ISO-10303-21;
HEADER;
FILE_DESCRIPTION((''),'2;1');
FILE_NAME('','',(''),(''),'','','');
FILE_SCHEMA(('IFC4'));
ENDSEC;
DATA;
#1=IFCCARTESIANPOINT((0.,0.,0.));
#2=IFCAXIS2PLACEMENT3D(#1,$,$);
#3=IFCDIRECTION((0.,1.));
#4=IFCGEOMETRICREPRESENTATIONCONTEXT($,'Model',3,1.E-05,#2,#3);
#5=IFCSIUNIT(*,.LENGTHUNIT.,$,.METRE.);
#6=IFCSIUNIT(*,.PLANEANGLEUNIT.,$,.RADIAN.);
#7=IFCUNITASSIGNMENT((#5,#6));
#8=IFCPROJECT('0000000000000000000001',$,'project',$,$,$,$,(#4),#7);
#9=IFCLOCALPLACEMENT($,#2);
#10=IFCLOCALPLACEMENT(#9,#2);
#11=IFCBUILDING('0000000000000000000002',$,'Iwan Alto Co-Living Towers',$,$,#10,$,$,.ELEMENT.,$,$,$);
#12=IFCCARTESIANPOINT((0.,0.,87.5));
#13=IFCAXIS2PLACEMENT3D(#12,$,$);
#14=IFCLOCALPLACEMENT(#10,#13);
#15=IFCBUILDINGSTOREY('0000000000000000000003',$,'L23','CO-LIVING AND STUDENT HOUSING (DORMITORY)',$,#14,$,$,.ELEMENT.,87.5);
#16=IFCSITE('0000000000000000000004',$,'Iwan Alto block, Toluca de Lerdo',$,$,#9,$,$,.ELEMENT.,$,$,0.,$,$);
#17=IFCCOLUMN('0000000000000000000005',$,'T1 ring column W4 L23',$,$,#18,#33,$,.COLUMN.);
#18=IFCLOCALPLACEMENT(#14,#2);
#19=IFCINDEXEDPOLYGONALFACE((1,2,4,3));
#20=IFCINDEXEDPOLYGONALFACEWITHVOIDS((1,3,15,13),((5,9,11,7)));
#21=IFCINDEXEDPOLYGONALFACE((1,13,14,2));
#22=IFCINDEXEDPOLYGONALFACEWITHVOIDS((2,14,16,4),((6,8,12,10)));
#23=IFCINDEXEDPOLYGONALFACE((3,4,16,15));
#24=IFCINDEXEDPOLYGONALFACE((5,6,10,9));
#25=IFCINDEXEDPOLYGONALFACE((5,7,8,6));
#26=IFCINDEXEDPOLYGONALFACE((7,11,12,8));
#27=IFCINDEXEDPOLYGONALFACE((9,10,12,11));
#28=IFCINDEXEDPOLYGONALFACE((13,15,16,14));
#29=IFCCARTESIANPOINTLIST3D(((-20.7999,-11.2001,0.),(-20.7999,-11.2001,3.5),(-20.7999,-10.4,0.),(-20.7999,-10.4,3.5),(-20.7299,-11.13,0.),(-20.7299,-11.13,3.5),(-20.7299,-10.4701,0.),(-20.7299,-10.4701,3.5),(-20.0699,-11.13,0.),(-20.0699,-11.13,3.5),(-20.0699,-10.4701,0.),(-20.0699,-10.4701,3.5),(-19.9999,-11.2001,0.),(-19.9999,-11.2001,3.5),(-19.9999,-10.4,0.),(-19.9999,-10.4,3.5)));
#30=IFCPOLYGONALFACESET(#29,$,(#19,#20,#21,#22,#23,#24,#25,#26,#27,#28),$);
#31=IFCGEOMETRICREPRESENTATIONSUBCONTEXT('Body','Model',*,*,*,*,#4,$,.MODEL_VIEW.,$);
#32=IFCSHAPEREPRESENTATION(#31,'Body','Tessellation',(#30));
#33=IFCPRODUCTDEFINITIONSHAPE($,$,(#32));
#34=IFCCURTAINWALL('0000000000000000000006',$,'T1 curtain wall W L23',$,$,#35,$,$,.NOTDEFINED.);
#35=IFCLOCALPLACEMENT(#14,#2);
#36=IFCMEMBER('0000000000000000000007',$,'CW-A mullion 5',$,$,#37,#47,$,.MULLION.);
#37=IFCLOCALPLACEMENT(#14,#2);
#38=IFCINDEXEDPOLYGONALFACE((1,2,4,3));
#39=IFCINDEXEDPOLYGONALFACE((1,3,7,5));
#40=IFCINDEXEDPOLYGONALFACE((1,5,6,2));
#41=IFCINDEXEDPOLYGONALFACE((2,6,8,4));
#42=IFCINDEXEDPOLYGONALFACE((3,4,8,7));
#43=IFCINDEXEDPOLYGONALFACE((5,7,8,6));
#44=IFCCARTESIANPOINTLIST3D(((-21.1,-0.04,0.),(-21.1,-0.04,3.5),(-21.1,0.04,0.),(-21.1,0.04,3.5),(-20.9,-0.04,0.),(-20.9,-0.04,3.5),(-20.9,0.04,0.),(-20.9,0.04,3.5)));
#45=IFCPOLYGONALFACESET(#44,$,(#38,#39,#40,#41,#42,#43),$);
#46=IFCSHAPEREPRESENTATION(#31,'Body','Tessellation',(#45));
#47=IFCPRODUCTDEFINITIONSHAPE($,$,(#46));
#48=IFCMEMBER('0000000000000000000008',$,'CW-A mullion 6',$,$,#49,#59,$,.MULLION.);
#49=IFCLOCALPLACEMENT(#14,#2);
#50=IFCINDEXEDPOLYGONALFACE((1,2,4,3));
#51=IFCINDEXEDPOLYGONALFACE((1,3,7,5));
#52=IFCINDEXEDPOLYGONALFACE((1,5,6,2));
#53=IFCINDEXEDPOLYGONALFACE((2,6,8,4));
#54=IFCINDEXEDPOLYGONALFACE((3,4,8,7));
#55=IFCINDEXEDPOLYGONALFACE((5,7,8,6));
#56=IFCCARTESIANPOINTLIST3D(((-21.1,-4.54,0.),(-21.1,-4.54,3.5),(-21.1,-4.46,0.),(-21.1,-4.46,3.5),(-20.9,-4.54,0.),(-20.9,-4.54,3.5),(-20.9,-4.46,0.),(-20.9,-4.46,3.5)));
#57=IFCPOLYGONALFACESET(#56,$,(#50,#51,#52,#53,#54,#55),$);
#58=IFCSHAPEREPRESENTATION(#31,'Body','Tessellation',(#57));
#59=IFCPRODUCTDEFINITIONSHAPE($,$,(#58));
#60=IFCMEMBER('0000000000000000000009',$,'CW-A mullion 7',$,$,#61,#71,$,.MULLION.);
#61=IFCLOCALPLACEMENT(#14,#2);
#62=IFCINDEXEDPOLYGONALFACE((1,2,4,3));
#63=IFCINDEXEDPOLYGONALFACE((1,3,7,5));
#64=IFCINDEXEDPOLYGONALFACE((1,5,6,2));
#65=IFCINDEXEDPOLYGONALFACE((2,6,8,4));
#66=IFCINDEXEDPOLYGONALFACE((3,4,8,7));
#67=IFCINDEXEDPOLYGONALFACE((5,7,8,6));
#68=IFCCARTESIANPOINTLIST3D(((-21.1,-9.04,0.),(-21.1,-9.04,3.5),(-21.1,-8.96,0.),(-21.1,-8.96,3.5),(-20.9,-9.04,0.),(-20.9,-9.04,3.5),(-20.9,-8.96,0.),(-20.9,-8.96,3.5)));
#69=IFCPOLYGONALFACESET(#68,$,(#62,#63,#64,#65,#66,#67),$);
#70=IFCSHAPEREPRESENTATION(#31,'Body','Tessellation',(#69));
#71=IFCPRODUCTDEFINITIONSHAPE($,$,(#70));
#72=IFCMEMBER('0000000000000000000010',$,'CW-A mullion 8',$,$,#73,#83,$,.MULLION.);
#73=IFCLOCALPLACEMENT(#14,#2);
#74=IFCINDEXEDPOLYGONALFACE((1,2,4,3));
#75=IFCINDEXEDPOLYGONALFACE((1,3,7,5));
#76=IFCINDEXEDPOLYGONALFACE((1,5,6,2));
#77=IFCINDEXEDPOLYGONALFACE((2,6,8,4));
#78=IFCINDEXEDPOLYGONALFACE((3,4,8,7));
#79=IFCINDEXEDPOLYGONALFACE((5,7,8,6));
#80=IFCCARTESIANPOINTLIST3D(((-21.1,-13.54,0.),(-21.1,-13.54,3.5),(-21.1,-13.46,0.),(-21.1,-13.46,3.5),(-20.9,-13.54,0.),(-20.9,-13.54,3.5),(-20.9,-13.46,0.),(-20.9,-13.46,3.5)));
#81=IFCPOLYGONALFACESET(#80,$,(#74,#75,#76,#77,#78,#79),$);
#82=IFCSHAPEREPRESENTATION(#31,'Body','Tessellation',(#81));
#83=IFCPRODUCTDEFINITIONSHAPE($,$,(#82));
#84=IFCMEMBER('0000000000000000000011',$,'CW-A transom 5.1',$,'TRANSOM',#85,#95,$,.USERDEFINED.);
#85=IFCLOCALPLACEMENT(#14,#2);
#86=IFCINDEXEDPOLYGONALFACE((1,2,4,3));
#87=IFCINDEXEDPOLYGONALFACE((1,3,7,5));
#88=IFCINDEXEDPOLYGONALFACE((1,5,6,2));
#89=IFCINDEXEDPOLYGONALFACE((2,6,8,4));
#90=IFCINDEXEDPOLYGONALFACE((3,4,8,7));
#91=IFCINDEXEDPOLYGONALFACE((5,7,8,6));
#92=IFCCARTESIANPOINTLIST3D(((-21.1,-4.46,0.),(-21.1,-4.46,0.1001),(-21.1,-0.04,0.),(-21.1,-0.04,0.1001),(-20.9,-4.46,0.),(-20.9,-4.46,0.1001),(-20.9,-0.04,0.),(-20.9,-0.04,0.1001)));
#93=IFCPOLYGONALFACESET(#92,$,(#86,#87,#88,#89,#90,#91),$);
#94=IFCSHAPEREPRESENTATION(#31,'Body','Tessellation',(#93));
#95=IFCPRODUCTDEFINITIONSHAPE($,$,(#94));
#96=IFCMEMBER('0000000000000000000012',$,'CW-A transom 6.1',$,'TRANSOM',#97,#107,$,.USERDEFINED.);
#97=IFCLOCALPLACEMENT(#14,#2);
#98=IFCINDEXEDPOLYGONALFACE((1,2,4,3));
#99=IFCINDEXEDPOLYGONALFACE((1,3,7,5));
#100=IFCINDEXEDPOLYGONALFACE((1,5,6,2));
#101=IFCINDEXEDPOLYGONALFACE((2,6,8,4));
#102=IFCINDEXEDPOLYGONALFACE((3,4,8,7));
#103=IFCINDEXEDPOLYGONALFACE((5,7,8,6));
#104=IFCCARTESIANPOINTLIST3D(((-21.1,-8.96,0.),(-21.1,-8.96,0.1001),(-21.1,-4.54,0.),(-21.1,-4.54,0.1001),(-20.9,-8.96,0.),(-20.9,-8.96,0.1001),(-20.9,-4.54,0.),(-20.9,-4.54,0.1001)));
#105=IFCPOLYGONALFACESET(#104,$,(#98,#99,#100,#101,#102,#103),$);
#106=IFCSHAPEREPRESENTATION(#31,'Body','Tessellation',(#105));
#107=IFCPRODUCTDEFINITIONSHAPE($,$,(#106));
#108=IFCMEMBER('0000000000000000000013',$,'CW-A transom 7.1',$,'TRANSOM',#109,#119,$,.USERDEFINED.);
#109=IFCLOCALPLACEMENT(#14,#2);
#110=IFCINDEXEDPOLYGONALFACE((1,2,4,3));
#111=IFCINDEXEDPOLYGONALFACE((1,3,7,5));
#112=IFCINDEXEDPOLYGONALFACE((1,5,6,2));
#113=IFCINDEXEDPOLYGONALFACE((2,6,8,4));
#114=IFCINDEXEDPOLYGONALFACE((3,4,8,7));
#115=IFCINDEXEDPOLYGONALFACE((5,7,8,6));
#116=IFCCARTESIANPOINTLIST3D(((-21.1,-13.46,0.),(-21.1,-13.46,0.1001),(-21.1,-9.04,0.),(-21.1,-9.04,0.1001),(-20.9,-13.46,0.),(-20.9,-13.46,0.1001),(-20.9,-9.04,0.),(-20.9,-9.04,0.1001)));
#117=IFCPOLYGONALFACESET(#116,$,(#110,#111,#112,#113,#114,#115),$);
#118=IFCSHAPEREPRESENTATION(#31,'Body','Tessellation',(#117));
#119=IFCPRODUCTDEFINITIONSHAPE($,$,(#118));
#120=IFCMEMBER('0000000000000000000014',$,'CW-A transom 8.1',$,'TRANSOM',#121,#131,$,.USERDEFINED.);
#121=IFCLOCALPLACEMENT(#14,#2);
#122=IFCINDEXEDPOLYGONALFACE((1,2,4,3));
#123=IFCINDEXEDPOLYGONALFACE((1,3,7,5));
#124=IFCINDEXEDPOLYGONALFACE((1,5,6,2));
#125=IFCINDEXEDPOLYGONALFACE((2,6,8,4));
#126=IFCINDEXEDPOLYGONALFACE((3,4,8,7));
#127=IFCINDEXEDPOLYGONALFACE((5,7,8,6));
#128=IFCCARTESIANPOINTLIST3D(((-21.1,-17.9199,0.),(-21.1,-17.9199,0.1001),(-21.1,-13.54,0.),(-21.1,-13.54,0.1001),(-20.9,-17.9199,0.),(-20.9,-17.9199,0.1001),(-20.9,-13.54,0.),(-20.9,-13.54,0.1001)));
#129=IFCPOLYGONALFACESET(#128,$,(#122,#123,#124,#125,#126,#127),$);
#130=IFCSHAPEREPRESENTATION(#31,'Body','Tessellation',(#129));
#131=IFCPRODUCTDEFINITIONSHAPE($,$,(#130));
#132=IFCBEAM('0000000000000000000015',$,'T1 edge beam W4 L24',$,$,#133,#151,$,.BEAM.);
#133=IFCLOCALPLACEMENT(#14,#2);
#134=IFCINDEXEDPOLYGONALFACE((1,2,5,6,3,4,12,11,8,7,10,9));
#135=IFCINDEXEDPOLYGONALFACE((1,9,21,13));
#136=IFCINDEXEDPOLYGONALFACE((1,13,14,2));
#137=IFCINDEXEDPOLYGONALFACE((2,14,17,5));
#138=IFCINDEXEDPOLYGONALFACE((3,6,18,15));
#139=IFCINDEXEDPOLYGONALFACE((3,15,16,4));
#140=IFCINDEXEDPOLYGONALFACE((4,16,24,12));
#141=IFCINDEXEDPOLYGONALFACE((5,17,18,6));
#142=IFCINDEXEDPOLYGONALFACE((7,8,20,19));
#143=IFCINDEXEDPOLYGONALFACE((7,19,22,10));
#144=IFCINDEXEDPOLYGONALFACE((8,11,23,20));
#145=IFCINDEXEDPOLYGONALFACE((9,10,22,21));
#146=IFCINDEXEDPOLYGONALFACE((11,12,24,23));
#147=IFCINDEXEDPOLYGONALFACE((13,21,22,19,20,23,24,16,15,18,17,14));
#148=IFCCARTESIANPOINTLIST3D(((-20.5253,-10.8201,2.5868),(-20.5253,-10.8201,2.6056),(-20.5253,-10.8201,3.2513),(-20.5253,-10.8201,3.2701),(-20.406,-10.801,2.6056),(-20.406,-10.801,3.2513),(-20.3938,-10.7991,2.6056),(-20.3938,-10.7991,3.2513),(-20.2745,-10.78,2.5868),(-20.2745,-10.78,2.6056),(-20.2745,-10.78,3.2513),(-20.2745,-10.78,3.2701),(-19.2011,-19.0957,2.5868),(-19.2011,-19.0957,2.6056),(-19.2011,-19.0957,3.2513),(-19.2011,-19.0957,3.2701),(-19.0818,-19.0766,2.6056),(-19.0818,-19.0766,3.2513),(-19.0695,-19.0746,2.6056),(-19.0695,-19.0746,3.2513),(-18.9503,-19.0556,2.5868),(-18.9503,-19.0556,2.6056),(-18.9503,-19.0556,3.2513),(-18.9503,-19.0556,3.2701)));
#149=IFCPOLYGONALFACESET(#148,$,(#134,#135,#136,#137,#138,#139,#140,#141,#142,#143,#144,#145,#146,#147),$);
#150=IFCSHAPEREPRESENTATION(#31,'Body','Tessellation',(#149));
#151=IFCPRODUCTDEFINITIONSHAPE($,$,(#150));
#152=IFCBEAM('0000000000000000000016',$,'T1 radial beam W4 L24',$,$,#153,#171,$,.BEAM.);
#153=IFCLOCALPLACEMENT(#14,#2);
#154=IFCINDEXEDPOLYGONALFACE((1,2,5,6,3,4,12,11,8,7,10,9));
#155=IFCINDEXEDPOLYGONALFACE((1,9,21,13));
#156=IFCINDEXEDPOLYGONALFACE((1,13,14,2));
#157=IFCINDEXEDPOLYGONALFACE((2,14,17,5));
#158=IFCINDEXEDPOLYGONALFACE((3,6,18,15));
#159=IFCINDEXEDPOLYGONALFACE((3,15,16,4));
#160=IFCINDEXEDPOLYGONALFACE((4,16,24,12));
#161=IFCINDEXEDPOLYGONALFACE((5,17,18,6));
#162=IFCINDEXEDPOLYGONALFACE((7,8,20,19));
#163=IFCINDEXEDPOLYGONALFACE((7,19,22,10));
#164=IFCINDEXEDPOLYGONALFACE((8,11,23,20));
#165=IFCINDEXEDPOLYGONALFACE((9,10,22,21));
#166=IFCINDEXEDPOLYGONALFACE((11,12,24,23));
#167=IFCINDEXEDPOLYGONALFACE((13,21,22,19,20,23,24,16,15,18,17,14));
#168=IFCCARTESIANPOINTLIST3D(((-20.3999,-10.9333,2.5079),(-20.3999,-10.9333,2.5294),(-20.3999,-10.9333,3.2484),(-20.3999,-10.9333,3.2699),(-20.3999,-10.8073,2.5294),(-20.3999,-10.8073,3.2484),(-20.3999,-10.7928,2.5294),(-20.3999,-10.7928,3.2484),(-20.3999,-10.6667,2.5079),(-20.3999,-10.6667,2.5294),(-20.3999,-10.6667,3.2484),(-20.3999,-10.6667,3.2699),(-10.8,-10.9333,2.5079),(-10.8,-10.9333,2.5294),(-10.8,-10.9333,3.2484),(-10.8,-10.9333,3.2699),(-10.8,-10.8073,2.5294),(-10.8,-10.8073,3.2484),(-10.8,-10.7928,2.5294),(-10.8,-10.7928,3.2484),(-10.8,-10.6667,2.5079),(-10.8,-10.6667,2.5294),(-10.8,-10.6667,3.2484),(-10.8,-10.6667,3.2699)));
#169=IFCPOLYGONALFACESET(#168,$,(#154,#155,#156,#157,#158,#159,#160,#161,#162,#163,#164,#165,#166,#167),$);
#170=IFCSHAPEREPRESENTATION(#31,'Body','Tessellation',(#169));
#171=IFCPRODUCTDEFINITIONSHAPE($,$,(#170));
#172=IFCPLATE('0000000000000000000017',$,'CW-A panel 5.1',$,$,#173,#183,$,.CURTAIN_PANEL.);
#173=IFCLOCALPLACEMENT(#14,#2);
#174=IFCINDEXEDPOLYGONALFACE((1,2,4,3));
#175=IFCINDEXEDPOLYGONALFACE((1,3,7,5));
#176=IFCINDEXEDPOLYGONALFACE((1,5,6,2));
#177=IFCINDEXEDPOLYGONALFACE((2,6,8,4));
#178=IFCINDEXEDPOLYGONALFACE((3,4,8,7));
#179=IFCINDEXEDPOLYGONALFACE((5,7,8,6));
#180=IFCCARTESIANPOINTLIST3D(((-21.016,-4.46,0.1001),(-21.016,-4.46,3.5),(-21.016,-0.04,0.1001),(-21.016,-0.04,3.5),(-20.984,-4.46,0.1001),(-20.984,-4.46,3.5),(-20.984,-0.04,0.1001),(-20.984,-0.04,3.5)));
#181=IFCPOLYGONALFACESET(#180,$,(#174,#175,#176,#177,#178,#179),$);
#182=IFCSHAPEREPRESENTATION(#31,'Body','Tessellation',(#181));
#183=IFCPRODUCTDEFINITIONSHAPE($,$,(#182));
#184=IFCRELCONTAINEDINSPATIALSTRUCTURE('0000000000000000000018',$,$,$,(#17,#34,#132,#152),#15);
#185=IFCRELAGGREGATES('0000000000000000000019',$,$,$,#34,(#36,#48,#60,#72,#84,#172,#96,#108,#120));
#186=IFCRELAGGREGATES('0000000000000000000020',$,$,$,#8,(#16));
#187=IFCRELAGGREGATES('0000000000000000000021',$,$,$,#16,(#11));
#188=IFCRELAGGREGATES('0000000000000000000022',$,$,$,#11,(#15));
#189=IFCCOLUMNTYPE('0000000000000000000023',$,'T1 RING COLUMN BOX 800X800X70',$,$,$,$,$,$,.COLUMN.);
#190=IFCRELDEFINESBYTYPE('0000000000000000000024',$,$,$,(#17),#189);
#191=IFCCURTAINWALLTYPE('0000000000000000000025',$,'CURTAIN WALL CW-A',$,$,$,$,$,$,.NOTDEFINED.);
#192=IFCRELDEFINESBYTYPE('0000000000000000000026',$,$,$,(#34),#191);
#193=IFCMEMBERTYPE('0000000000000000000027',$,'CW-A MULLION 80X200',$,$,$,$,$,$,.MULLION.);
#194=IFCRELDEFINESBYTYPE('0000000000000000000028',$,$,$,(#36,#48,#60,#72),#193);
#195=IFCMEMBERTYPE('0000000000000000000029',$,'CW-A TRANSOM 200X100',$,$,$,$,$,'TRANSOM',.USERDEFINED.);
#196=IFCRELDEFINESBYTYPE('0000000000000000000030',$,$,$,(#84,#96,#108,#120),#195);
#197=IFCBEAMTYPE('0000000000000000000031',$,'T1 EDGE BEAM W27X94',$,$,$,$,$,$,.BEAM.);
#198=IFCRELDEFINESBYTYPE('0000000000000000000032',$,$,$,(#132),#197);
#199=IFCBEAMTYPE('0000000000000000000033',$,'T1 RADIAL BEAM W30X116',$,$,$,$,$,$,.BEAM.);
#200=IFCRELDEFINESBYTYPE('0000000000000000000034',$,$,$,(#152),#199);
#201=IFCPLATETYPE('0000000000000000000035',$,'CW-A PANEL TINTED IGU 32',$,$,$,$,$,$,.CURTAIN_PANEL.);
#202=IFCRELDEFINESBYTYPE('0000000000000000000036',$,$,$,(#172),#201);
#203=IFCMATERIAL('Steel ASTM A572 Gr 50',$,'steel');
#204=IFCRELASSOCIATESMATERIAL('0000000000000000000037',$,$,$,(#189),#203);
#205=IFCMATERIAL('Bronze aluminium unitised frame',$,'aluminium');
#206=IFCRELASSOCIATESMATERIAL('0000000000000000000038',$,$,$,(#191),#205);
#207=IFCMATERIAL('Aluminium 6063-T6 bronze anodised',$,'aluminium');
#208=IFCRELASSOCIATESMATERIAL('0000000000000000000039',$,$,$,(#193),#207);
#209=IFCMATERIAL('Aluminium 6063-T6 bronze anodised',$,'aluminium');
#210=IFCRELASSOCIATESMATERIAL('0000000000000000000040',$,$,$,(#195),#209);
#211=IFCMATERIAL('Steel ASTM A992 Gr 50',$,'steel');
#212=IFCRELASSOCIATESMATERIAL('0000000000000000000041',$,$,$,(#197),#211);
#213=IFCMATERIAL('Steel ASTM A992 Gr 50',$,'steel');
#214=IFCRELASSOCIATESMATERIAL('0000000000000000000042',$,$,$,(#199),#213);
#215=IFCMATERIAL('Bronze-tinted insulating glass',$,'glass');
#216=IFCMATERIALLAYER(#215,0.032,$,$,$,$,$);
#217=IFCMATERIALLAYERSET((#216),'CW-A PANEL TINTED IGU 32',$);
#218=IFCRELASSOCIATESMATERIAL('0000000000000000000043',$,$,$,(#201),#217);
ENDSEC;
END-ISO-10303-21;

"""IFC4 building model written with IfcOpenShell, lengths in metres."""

from ifc_helpers import new_model, si_unit, direction, frame, origin, origin_2d, place, context, subcontext, project, spatial, rectangle, hollow_rectangle, i_section, extrude, material, layer, layer_set, material_profile, profile_set, type_object, element, aggregate, save


model = new_model("IFC4")

# Units and contexts
model_context = context("Model", 3, precision=1e-05, world=origin(), true_north=direction((0.0, 1.0)))
body_context = subcontext(model_context, "Body", "Model", "MODEL_VIEW")
ifc_project = project(units=[si_unit("LENGTHUNIT", "METRE"), si_unit("PLANEANGLEUNIT", "RADIAN")], contexts=[model_context])

# Site, building, storey
site_placement = place(None, origin())
site = spatial("IfcSite", under=ifc_project, at=site_placement, Name="Iwan Alto block, Toluca de Lerdo", CompositionType="ELEMENT", RefElevation=0.0)
building_placement = place(site_placement, origin())
building = spatial("IfcBuilding", under=site, at=building_placement, Name="Iwan Alto Co-Living Towers", CompositionType="ELEMENT")
storey_placement = place(building_placement, frame((0.0, 0.0, 87.5)))
storey = spatial("IfcBuildingStorey", under=building, at=storey_placement, Name="L23", Description="CO-LIVING AND STUDENT HOUSING (DORMITORY)", CompositionType="ELEMENT", Elevation=87.5)

# Column
ifc_material_1 = material(Name="Steel ASTM A572 Gr 50", Category="steel")
ifc_material_profile_1 = material_profile(ifc_material_1, hollow_rectangle(XDim=0.8, YDim=0.8, WallThickness=0.0701, at=origin_2d()), Name="BOX 800X800X70")
ifc_profile_set_1 = profile_set([ifc_material_profile_1], Name="Steel ASTM A572 Gr 50")
column_type = type_object("IfcColumnType", Name="T1 RING COLUMN BOX 800X800X70", PredefinedType="COLUMN", material=ifc_profile_set_1)
column_placement = place(storey_placement, frame((-20.3999, -10.8, 0.0), z_axis=(0.0, 0.0, 1.0), x_axis=(1.0, 0.0, 0.0)))
element("IfcColumn", 1, at=column_placement, inside=storey, type_object=column_type, Name="T1 ring column W4 L23", PredefinedType="COLUMN", context=body_context, shape_type="SweptSolid", body=[
    extrude(hollow_rectangle(XDim=0.8, YDim=0.8, WallThickness=0.0701, at=origin_2d()), origin(), (0.0, 0.0, 1.0), 3.5),
])

# Curtain wall, members
ifc_material_2 = material(Name="Bronze aluminium unitised frame", Category="aluminium")
curtain_wall_type = type_object("IfcCurtainWallType", Name="CURTAIN WALL CW-A", PredefinedType="NOTDEFINED", material=ifc_material_2)
curtain_wall_placement = place(storey_placement, origin())
curtain_wall = element("IfcCurtainWall", 2, at=curtain_wall_placement, inside=storey, type_object=curtain_wall_type, Name="T1 curtain wall W L23", PredefinedType="NOTDEFINED")
ifc_material_3 = material(Name="Aluminium 6063-T6 bronze anodised", Category="aluminium")
ifc_material_profile_2 = material_profile(ifc_material_3, rectangle(XDim=0.2, YDim=0.0801, at=origin_2d()), Name="AL 80X200")
ifc_profile_set_2 = profile_set([ifc_material_profile_2], Name="Aluminium 6063-T6 bronze anodised")
member_type_1 = type_object("IfcMemberType", Name="CW-A MULLION 80X200", PredefinedType="MULLION", material=ifc_profile_set_2)
member_1_placement = place(storey_placement, frame((-21.0, 0.0, 0.0), z_axis=(0.0, 0.0, 1.0), x_axis=(1.0, 0.0, 0.0)))
member_1 = element("IfcMember", 3, at=member_1_placement, type_object=member_type_1, Name="CW-A mullion 5", PredefinedType="MULLION", context=body_context, shape_type="SweptSolid", body=[
    extrude(rectangle(XDim=0.2, YDim=0.0801, at=origin_2d()), origin(), (0.0, 0.0, 1.0), 3.5),
])
member_2_placement = place(storey_placement, frame((-21.0, -4.5, 0.0), z_axis=(0.0, 0.0, 1.0), x_axis=(1.0, 0.0, 0.0)))
member_2 = element("IfcMember", 4, at=member_2_placement, type_object=member_type_1, Name="CW-A mullion 6", PredefinedType="MULLION", context=body_context, shape_type="SweptSolid", body=[
    extrude(rectangle(XDim=0.2, YDim=0.0801, at=origin_2d()), origin(), (0.0, 0.0, 1.0), 3.5),
])
member_3_placement = place(storey_placement, frame((-21.0, -9.0, 0.0), z_axis=(0.0, 0.0, 1.0), x_axis=(1.0, 0.0, 0.0)))
member_3 = element("IfcMember", 5, at=member_3_placement, type_object=member_type_1, Name="CW-A mullion 7", PredefinedType="MULLION", context=body_context, shape_type="SweptSolid", body=[
    extrude(rectangle(XDim=0.2, YDim=0.0801, at=origin_2d()), origin(), (0.0, 0.0, 1.0), 3.5),
])
member_4_placement = place(storey_placement, frame((-21.0, -13.5, 0.0), z_axis=(0.0, 0.0, 1.0), x_axis=(1.0, 0.0, 0.0)))
member_4 = element("IfcMember", 6, at=member_4_placement, type_object=member_type_1, Name="CW-A mullion 8", PredefinedType="MULLION", context=body_context, shape_type="SweptSolid", body=[
    extrude(rectangle(XDim=0.2, YDim=0.0801, at=origin_2d()), origin(), (0.0, 0.0, 1.0), 3.5),
])
ifc_material_4 = material(Name="Aluminium 6063-T6 bronze anodised", Category="aluminium")
ifc_material_profile_3 = material_profile(ifc_material_4, rectangle(XDim=0.2, YDim=0.1001, at=origin_2d()), Name="AL 200X100")
ifc_profile_set_3 = profile_set([ifc_material_profile_3], Name="Aluminium 6063-T6 bronze anodised")
member_type_2 = type_object("IfcMemberType", Name="CW-A TRANSOM 200X100", ElementType="TRANSOM", PredefinedType="USERDEFINED", material=ifc_profile_set_3)
member_5_placement = place(storey_placement, frame((-21.0, -0.04, 0.05), z_axis=(0.0, -1.0, 0.0), x_axis=(1.0, 0.0, 0.0)))
member_5 = element("IfcMember", 7, at=member_5_placement, type_object=member_type_2, Name="CW-A transom 5.1", ObjectType="TRANSOM", PredefinedType="USERDEFINED", context=body_context, shape_type="SweptSolid", body=[
    extrude(rectangle(XDim=0.2, YDim=0.1001, at=origin_2d()), origin(), (0.0, 0.0, 1.0), 4.4199),
])
member_6_placement = place(storey_placement, frame((-21.0, -4.54, 0.05), z_axis=(0.0, -1.0, 0.0), x_axis=(1.0, 0.0, 0.0)))
member_6 = element("IfcMember", 8, at=member_6_placement, type_object=member_type_2, Name="CW-A transom 6.1", ObjectType="TRANSOM", PredefinedType="USERDEFINED", context=body_context, shape_type="SweptSolid", body=[
    extrude(rectangle(XDim=0.2, YDim=0.1001, at=origin_2d()), origin(), (0.0, 0.0, 1.0), 4.4199),
])
member_7_placement = place(storey_placement, frame((-21.0, -9.04, 0.05), z_axis=(0.0, -1.0, 0.0), x_axis=(1.0, 0.0, 0.0)))
member_7 = element("IfcMember", 9, at=member_7_placement, type_object=member_type_2, Name="CW-A transom 7.1", ObjectType="TRANSOM", PredefinedType="USERDEFINED", context=body_context, shape_type="SweptSolid", body=[
    extrude(rectangle(XDim=0.2, YDim=0.1001, at=origin_2d()), origin(), (0.0, 0.0, 1.0), 4.4199),
])
member_8_placement = place(storey_placement, frame((-21.0, -13.54, 0.05), z_axis=(0.0, -1.0, 0.0), x_axis=(1.0, 0.0, 0.0)))
member_8 = element("IfcMember", 10, at=member_8_placement, type_object=member_type_2, Name="CW-A transom 8.1", ObjectType="TRANSOM", PredefinedType="USERDEFINED", context=body_context, shape_type="SweptSolid", body=[
    extrude(rectangle(XDim=0.2, YDim=0.1001, at=origin_2d()), origin(), (0.0, 0.0, 1.0), 4.3799),
])

# Beams
ifc_material_5 = material(Name="Steel ASTM A992 Gr 50", Category="steel")
ifc_material_profile_4 = material_profile(ifc_material_5, i_section(OverallWidth=0.2539, OverallDepth=0.6833, WebThickness=0.0125, FlangeThickness=0.0188, at=origin_2d()), Name="W27X94")
ifc_profile_set_4 = profile_set([ifc_material_profile_4], Name="Steel ASTM A992 Gr 50")
beam_type_1 = type_object("IfcBeamType", Name="T1 EDGE BEAM W27X94", PredefinedType="BEAM", material=ifc_profile_set_4)
beam_1_placement = place(storey_placement, frame((-20.3999, -10.8, 2.9285), z_axis=(0.158004, -0.987438, 0.0), x_axis=(0.987438, 0.158004, 0.0)))
element("IfcBeam", 11, at=beam_1_placement, inside=storey, type_object=beam_type_1, Name="T1 edge beam W4 L24", PredefinedType="BEAM", context=body_context, shape_type="SweptSolid", body=[
    extrude(i_section(OverallWidth=0.2539, OverallDepth=0.6833, WebThickness=0.0125, FlangeThickness=0.0188, at=origin_2d()), origin(), (0.0, 0.0, 1.0), 8.3809),
])
ifc_material_6 = material(Name="Steel ASTM A992 Gr 50", Category="steel")
ifc_material_profile_5 = material_profile(ifc_material_6, i_section(OverallWidth=0.2666, OverallDepth=0.762, WebThickness=0.0144, FlangeThickness=0.0215, at=origin_2d()), Name="W30X116")
ifc_profile_set_5 = profile_set([ifc_material_profile_5], Name="Steel ASTM A992 Gr 50")
beam_type_2 = type_object("IfcBeamType", Name="T1 RADIAL BEAM W30X116", PredefinedType="BEAM", material=ifc_profile_set_5)
beam_2_placement = place(storey_placement, frame((-20.3999, -10.8, 2.8889), z_axis=(1.0, 0.0, 0.0), x_axis=(0.0, 1.0, 0.0)))
element("IfcBeam", 12, at=beam_2_placement, inside=storey, type_object=beam_type_2, Name="T1 radial beam W4 L24", PredefinedType="BEAM", context=body_context, shape_type="SweptSolid", body=[
    extrude(i_section(OverallWidth=0.2666, OverallDepth=0.762, WebThickness=0.0144, FlangeThickness=0.0215, at=origin_2d()), origin(), (0.0, 0.0, 1.0), 9.5999),
])

# Plate
ifc_material_7 = material(Name="Bronze-tinted insulating glass", Category="glass")
ifc_layer_1 = layer(ifc_material_7, 0.032)
ifc_layer_set_1 = layer_set([ifc_layer_1], Name="CW-A PANEL TINTED IGU 32")
plate_type = type_object("IfcPlateType", Name="CW-A PANEL TINTED IGU 32", PredefinedType="CURTAIN_PANEL", material=ifc_layer_set_1)
plate_1_placement = place(storey_placement, frame((-21.0, -2.25, 0.1001), z_axis=(0.0, 0.0, 1.0), x_axis=(0.0, -1.0, 0.0)))
plate_1 = element("IfcPlate", 13, at=plate_1_placement, type_object=plate_type, Name="CW-A panel 5.1", PredefinedType="CURTAIN_PANEL", context=body_context, shape_type="SweptSolid", body=[
    extrude(rectangle(XDim=4.4199, YDim=0.032, at=origin_2d()), origin(), (0.0, 0.0, 1.0), 3.3999),
])
aggregate(curtain_wall, [member_1, member_2, member_3, member_4, member_5, plate_1, member_6, member_7, member_8])

save(model, "model.ifc")
